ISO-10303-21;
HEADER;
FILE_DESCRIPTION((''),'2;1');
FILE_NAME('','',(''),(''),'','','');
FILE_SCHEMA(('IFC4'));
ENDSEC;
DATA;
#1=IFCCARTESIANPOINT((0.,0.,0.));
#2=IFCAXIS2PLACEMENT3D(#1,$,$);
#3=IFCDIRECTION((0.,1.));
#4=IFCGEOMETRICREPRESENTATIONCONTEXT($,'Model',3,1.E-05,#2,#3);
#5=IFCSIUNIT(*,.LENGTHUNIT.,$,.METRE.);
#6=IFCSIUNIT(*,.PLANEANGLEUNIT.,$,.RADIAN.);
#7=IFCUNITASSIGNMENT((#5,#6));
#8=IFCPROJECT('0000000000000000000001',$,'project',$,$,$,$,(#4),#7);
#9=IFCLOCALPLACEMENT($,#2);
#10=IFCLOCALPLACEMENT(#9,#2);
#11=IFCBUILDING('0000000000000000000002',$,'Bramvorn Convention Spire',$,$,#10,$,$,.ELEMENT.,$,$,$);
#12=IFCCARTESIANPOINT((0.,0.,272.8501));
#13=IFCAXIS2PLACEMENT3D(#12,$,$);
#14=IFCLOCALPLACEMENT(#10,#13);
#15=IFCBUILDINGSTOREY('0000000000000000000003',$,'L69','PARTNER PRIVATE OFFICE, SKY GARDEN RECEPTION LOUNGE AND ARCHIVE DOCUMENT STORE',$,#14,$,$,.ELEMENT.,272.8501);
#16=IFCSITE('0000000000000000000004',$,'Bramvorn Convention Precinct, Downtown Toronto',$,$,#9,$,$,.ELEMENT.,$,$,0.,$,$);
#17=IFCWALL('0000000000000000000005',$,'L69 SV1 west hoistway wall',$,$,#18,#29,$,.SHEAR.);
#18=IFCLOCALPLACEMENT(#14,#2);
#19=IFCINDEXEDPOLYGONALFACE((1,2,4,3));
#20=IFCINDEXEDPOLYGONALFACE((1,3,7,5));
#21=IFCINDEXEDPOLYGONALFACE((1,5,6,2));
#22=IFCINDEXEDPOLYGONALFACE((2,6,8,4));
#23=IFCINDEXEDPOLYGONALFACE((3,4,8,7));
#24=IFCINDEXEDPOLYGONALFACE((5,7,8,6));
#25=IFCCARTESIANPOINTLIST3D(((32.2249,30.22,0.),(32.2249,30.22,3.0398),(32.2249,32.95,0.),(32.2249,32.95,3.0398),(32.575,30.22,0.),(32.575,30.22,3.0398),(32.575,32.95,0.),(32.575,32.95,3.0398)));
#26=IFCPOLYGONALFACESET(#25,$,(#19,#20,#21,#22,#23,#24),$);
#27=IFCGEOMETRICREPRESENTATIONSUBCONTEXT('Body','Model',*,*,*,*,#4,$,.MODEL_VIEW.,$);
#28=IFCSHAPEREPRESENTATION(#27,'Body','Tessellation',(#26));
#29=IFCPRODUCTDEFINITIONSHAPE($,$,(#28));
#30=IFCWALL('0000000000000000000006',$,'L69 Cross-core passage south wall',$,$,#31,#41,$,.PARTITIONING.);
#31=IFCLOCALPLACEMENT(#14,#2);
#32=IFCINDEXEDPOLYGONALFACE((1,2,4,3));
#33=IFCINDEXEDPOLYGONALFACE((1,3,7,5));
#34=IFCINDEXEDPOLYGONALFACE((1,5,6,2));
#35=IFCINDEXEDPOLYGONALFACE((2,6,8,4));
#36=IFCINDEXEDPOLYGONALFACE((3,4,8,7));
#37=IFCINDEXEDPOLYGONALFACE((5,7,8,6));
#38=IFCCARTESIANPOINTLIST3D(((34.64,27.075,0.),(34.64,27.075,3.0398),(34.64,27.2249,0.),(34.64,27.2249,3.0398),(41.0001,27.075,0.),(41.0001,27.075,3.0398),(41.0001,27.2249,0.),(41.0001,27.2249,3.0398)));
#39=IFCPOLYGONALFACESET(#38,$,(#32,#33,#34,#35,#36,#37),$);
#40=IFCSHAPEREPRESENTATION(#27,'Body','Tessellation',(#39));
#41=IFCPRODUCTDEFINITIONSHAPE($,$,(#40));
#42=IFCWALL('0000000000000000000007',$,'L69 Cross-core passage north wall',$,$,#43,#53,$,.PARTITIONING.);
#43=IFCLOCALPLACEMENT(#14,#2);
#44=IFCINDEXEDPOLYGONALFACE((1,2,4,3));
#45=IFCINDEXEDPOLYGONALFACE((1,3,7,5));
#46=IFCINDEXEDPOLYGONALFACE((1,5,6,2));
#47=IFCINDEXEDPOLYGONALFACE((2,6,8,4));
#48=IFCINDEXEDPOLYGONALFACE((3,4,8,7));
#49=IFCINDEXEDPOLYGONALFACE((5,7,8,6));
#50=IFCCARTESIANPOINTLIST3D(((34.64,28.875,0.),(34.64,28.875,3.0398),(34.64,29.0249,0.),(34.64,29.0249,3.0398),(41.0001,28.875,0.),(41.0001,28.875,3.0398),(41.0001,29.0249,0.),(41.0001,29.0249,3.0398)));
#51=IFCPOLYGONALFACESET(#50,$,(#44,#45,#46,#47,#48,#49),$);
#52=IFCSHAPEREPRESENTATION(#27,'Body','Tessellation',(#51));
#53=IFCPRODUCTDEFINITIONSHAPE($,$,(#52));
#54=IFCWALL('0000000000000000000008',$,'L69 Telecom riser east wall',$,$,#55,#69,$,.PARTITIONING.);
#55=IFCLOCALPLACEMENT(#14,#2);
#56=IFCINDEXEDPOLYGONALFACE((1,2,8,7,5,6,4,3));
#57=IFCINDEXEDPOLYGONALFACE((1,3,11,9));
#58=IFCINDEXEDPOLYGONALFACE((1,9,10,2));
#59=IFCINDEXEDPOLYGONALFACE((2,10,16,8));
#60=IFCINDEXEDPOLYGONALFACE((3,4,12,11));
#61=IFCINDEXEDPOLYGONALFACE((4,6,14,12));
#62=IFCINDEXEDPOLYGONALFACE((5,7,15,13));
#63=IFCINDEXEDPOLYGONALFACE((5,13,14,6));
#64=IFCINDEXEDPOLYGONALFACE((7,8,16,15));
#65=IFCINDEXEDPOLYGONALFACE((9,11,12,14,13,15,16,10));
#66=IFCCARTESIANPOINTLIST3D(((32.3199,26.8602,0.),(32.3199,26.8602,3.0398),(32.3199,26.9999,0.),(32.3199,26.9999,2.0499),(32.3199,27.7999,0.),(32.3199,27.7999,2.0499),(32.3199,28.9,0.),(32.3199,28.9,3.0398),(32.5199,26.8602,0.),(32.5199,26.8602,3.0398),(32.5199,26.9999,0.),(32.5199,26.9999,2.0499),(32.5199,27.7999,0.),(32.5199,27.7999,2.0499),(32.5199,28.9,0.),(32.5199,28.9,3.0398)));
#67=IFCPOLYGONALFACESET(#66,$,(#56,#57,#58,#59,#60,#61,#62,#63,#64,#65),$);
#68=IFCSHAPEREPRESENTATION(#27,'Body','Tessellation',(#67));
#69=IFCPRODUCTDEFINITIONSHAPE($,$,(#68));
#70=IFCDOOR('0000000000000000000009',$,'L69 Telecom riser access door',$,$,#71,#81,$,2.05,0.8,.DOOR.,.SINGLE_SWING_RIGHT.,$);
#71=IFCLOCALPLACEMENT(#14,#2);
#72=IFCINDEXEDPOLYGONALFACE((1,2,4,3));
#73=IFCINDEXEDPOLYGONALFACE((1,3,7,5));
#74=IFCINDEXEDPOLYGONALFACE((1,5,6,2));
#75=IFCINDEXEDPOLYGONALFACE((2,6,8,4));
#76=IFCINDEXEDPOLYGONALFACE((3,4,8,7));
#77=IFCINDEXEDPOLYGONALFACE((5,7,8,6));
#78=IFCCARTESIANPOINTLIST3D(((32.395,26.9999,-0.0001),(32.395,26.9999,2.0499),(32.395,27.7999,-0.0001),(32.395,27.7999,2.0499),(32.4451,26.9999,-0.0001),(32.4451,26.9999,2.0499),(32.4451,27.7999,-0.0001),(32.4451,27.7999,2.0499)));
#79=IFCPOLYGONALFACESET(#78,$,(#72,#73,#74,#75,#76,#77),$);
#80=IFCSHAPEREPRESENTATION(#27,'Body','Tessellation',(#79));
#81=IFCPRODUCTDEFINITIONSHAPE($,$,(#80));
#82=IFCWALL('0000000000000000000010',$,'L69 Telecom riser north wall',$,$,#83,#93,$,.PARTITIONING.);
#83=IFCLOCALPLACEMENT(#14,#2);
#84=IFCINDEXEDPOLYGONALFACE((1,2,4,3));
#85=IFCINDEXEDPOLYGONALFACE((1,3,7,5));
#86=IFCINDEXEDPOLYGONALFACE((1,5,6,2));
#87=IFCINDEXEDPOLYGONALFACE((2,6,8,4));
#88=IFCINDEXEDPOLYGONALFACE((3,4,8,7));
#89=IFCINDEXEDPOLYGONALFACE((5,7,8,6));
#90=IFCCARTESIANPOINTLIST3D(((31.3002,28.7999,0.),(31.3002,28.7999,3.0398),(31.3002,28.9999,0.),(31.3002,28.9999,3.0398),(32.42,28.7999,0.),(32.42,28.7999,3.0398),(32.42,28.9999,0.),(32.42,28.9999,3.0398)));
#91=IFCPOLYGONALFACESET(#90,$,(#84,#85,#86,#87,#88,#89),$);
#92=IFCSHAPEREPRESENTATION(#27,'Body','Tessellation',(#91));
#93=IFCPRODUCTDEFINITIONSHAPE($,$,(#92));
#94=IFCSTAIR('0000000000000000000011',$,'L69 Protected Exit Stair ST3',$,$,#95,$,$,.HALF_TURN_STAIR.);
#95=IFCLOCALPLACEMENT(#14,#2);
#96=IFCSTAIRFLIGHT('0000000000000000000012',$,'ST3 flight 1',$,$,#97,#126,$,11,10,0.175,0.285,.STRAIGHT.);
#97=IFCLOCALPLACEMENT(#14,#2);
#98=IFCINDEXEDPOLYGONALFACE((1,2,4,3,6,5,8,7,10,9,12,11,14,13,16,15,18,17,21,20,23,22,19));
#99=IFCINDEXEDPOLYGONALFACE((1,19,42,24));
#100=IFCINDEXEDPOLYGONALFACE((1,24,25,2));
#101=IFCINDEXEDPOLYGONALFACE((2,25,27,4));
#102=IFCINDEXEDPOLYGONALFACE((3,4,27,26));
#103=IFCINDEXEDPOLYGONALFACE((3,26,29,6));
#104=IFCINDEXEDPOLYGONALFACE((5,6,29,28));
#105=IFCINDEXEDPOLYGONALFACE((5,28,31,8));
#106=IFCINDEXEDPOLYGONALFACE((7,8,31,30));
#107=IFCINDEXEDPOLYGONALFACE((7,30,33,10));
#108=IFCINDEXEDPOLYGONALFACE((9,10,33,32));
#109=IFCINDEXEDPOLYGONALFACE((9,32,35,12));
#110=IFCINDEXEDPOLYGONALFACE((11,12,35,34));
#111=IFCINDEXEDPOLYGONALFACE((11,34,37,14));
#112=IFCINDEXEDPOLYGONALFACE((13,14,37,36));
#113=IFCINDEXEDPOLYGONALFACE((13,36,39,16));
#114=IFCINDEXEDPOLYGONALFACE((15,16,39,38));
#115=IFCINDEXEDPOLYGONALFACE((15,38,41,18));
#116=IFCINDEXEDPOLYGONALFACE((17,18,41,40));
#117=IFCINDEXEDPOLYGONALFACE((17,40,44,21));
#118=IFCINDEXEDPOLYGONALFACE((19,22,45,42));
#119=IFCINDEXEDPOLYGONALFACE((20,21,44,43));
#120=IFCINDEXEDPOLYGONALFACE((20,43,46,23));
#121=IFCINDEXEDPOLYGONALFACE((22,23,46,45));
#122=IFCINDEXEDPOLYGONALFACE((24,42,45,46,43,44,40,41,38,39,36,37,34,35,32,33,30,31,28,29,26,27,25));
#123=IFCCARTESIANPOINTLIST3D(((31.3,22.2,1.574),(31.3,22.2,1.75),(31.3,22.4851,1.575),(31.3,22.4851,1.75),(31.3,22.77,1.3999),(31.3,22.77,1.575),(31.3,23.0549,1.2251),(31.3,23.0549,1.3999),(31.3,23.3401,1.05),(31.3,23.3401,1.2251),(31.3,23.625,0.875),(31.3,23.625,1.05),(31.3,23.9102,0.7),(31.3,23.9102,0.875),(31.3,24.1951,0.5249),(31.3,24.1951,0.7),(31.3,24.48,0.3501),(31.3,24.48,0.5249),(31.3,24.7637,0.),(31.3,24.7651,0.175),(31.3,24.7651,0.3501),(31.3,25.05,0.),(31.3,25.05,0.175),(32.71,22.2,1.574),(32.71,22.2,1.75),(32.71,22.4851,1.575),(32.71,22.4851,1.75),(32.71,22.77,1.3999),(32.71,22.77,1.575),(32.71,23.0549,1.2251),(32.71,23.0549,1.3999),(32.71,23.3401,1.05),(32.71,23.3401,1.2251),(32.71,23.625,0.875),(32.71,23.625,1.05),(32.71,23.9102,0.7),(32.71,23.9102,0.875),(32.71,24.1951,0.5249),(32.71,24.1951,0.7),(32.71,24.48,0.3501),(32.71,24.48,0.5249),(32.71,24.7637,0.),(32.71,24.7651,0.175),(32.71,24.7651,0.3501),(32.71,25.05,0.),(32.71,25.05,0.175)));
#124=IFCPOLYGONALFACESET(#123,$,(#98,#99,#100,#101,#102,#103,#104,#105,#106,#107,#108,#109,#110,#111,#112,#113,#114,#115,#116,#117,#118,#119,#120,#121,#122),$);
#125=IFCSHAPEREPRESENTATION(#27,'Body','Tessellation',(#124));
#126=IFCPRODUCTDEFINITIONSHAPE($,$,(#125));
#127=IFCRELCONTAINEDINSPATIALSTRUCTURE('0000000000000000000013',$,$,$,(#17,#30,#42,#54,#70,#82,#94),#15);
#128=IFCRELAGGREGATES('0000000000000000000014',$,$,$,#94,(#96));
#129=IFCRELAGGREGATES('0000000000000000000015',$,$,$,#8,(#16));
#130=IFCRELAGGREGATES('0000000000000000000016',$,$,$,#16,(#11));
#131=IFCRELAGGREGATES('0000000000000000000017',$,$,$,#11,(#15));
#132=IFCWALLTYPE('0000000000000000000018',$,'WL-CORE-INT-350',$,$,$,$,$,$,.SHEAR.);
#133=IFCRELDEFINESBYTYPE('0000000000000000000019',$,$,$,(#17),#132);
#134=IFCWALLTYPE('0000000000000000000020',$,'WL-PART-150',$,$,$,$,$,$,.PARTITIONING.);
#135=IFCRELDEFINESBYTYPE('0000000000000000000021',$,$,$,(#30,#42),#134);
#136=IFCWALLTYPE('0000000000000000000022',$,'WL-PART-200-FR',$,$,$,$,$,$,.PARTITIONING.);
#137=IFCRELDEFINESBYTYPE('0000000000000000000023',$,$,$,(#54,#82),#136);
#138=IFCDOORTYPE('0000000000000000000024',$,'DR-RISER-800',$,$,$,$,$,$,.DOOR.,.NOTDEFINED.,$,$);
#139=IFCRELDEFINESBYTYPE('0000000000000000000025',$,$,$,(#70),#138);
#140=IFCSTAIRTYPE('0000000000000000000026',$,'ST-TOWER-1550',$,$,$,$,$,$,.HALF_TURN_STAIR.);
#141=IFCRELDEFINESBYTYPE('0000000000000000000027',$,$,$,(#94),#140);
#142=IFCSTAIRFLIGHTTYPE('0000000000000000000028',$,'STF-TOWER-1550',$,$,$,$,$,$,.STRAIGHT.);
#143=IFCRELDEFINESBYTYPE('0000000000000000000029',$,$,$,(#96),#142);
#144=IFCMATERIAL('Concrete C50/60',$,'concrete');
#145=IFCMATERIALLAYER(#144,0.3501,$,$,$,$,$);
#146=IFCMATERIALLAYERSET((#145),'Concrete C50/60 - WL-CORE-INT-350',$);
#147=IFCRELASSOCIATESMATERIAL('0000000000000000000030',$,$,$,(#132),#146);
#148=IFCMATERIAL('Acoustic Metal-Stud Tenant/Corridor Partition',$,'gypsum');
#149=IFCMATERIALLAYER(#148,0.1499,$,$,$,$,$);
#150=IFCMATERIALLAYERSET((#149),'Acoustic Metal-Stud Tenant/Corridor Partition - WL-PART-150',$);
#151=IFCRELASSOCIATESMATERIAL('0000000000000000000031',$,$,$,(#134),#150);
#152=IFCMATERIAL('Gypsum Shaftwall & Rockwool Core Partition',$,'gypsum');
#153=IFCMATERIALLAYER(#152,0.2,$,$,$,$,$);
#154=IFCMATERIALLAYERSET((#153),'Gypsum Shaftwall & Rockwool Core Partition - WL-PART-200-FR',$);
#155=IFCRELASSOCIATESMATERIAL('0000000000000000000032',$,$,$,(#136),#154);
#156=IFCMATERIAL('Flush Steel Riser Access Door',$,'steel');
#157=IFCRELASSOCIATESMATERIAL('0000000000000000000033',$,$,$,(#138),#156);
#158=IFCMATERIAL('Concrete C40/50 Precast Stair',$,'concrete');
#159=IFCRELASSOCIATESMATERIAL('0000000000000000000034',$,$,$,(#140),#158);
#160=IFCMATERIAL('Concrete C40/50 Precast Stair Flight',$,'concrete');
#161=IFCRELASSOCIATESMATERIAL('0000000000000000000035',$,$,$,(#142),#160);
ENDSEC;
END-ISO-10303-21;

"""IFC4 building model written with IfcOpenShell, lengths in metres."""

from ifc_helpers import new_model, si_unit, direction, frame, frame_2d, origin, place, context, subcontext, project, spatial, polyline, rectangle, outline, extrude, material, layer, layer_set, type_object, element, fill, aggregate, save


model = new_model("IFC4")

# Units and contexts
model_context = context("Model", 3, precision=1e-05, world=origin(), true_north=direction((0.0, 1.0)))
body_context = subcontext(model_context, "Body", "Model", "MODEL_VIEW")
ifc_project = project(units=[si_unit("LENGTHUNIT", "METRE"), si_unit("PLANEANGLEUNIT", "RADIAN")], contexts=[model_context])

# Site, building, storey
site_placement = place(None, origin())
site = spatial("IfcSite", under=ifc_project, at=site_placement, Name="Bramvorn Convention Precinct, Downtown Toronto", CompositionType="ELEMENT", RefElevation=0.0)
building_placement = place(site_placement, origin())
building = spatial("IfcBuilding", under=site, at=building_placement, Name="Bramvorn Convention Spire", CompositionType="ELEMENT")
storey_placement = place(building_placement, frame((0.0, 0.0, 272.8501)))
storey = spatial("IfcBuildingStorey", under=building, at=storey_placement, Name="L69", Description="PARTNER PRIVATE OFFICE, SKY GARDEN RECEPTION LOUNGE AND ARCHIVE DOCUMENT STORE", CompositionType="ELEMENT", Elevation=272.8501)

# Shared definitions
ifc_material_1 = material(Name="Concrete C50/60", Category="concrete")
ifc_layer_1 = layer(ifc_material_1, 0.3501)
ifc_layer_set_1 = layer_set([ifc_layer_1], Name="Concrete C50/60 - WL-CORE-INT-350")
wall_type_1 = type_object("IfcWallType", Name="WL-CORE-INT-350", PredefinedType="SHEAR", material=ifc_layer_set_1)

# Walls
wall_1_placement = place(storey_placement, frame((32.3999, 30.22, 0.0), z_axis=(0.0, 0.0, 1.0), x_axis=(0.0, 1.0, 0.0)))
element("IfcWall", 1, at=wall_1_placement, inside=storey, type_object=wall_type_1, Name="L69 SV1 west hoistway wall", PredefinedType="SHEAR", context=body_context, shape_type="SweptSolid", body=[
    extrude(rectangle(XDim=2.73, YDim=0.3501, at=frame_2d((1.365, 0.0))), origin(), (0.0, 0.0, 1.0), 3.0398),
])
ifc_material_2 = material(Name="Acoustic Metal-Stud Tenant/Corridor Partition", Category="gypsum")
ifc_layer_2 = layer(ifc_material_2, 0.1499)
ifc_layer_set_2 = layer_set([ifc_layer_2], Name="Acoustic Metal-Stud Tenant/Corridor Partition - WL-PART-150")
wall_type_2 = type_object("IfcWallType", Name="WL-PART-150", PredefinedType="PARTITIONING", material=ifc_layer_set_2)
for number, where, z_axis, x_axis, name in (
    (2, (34.6399, 27.1499, 0.0), (0.0, 0.0, 1.0), (1.0, 0.0, 0.0), "L69 Cross-core passage south wall"),
    (3, (34.6399, 28.95, 0.0), (0.0, 0.0, 1.0), (1.0, 0.0, 0.0), "L69 Cross-core passage north wall"),
):
    element("IfcWall", number, at=place(storey_placement, frame(where, z_axis=z_axis, x_axis=x_axis)), inside=storey, type_object=wall_type_2, Name=name, PredefinedType="PARTITIONING", context=body_context, shape_type="SweptSolid", body=[
        extrude(rectangle(XDim=6.3601, YDim=0.1499, at=frame_2d((3.1802, 0.0))), origin(), (0.0, 0.0, 1.0), 3.0398),
    ])

# Wall, opening, door
ifc_material_3 = material(Name="Gypsum Shaftwall & Rockwool Core Partition", Category="gypsum")
ifc_layer_3 = layer(ifc_material_3, 0.2)
ifc_layer_set_3 = layer_set([ifc_layer_3], Name="Gypsum Shaftwall & Rockwool Core Partition - WL-PART-200-FR")
wall_type_3 = type_object("IfcWallType", Name="WL-PART-200-FR", PredefinedType="PARTITIONING", material=ifc_layer_set_3)
wall_2_placement = place(storey_placement, frame((32.4199, 26.8601, 0.0), z_axis=(0.0, 0.0, 1.0), x_axis=(0.0, 1.0, 0.0)))
wall_2 = element("IfcWall", 4, at=wall_2_placement, inside=storey, type_object=wall_type_3, Name="L69 Telecom riser east wall", PredefinedType="PARTITIONING", context=body_context, shape_type="SweptSolid", body=[
    extrude(rectangle(XDim=2.0398, YDim=0.2, at=frame_2d((1.02, 0.0))), origin(), (0.0, 0.0, 1.0), 3.0398),
])
opening_1_placement = place(wall_2_placement, frame((0.1399, 0.0, 0.0)))
opening_1 = element("IfcOpeningElement", 5, at=opening_1_placement, cuts=wall_2, PredefinedType="OPENING", context=body_context, shape_type="SweptSolid", body=[
    extrude(rectangle(XDim=0.8, YDim=2.05, at=frame_2d((0.3999, 1.0249))), frame((0.0, 0.1099, 0.0), z_axis=(0.0, -1.0, 0.0), x_axis=(1.0, 0.0, 0.0)), (0.0, 0.0, 1.0), 0.22),
])
ifc_material_4 = material(Name="Flush Steel Riser Access Door", Category="steel")
door_type_1 = type_object("IfcDoorType", Name="DR-RISER-800", OperationType="NOTDEFINED", PredefinedType="DOOR", material=ifc_material_4)
door_1_placement = place(opening_1_placement, origin())
door_1 = element("IfcDoor", 6, at=door_1_placement, inside=storey, type_object=door_type_1, Name="L69 Telecom riser access door", OperationType="SINGLE_SWING_RIGHT", OverallHeight=2.05, OverallWidth=0.8, PredefinedType="DOOR", context=body_context, shape_type="SweptSolid", body=[
    extrude(rectangle(XDim=0.8, YDim=2.05, at=frame_2d((0.3999, 1.0249))), frame((0.0, 0.0249, 0.0), z_axis=(0.0, -1.0, 0.0), x_axis=(1.0, 0.0, 0.0)), (0.0, 0.0, 1.0), 0.05),
])
fill(opening_1, door_1)

# Wall
wall_3_placement = place(storey_placement, frame((31.3, 28.8999, 0.0), z_axis=(0.0, 0.0, 1.0), x_axis=(1.0, 0.0, 0.0)))
element("IfcWall", 7, at=wall_3_placement, inside=storey, type_object=wall_type_3, Name="L69 Telecom riser north wall", PredefinedType="PARTITIONING", context=body_context, shape_type="SweptSolid", body=[
    extrude(rectangle(XDim=1.1199, YDim=0.2, at=frame_2d((0.5601, 0.0))), origin(), (0.0, 0.0, 1.0), 3.0398),
])

# Stair, stair flight
ifc_material_5 = material(Name="Concrete C40/50 Precast Stair", Category="concrete")
stair_type = type_object("IfcStairType", Name="ST-TOWER-1550", PredefinedType="HALF_TURN_STAIR", material=ifc_material_5)
stair_placement = place(storey_placement, origin())
stair = element("IfcStair", 8, at=stair_placement, inside=storey, type_object=stair_type, Name="L69 Protected Exit Stair ST3", PredefinedType="HALF_TURN_STAIR")
ifc_material_6 = material(Name="Concrete C40/50 Precast Stair Flight", Category="concrete")
stair_flight_type = type_object("IfcStairFlightType", Name="STF-TOWER-1550", PredefinedType="STRAIGHT", material=ifc_material_6)
stair_flight_placement = place(storey_placement, frame((32.0049, 25.05, 0.0), z_axis=(0.0, 0.0, 1.0), x_axis=(0.0, -1.0, 0.0)))
stair_flight = element("IfcStairFlight", 9, at=stair_flight_placement, type_object=stair_flight_type, Name="ST3 flight 1", NumberOfRisers=11, NumberOfTreads=10, PredefinedType="STRAIGHT", RiserHeight=0.175, TreadLength=0.285, context=body_context, shape_type="SweptSolid", body=[
    extrude(outline(polyline([(0.0, 0.0), (0.0, 0.175), (0.2849, 0.175), (0.2849, 0.3501), (0.5701, 0.3501), (0.5701, 0.5249), (0.855, 0.5249), (0.855, 0.7), (1.1399, 0.7), (1.1399, 0.875), (1.425, 0.875), (1.425, 1.05), (1.71, 1.05), (1.71, 1.2251), (1.9951, 1.2251), (1.9951, 1.3999), (2.28, 1.3999), (2.28, 1.575), (2.5649, 1.575), (2.5649, 1.75), (2.8501, 1.75), (2.8501, 1.925), (2.8501, 1.574), (0.2864, 0.0), (0.0, 0.0)])), frame((0.0, 0.7051, 0.0), z_axis=(0.0, -1.0, 0.0), x_axis=(1.0, 0.0, 0.0)), (0.0, 0.0, 1.0), 1.4099),
])
aggregate(stair, [stair_flight])

save(model, "model.ifc")
